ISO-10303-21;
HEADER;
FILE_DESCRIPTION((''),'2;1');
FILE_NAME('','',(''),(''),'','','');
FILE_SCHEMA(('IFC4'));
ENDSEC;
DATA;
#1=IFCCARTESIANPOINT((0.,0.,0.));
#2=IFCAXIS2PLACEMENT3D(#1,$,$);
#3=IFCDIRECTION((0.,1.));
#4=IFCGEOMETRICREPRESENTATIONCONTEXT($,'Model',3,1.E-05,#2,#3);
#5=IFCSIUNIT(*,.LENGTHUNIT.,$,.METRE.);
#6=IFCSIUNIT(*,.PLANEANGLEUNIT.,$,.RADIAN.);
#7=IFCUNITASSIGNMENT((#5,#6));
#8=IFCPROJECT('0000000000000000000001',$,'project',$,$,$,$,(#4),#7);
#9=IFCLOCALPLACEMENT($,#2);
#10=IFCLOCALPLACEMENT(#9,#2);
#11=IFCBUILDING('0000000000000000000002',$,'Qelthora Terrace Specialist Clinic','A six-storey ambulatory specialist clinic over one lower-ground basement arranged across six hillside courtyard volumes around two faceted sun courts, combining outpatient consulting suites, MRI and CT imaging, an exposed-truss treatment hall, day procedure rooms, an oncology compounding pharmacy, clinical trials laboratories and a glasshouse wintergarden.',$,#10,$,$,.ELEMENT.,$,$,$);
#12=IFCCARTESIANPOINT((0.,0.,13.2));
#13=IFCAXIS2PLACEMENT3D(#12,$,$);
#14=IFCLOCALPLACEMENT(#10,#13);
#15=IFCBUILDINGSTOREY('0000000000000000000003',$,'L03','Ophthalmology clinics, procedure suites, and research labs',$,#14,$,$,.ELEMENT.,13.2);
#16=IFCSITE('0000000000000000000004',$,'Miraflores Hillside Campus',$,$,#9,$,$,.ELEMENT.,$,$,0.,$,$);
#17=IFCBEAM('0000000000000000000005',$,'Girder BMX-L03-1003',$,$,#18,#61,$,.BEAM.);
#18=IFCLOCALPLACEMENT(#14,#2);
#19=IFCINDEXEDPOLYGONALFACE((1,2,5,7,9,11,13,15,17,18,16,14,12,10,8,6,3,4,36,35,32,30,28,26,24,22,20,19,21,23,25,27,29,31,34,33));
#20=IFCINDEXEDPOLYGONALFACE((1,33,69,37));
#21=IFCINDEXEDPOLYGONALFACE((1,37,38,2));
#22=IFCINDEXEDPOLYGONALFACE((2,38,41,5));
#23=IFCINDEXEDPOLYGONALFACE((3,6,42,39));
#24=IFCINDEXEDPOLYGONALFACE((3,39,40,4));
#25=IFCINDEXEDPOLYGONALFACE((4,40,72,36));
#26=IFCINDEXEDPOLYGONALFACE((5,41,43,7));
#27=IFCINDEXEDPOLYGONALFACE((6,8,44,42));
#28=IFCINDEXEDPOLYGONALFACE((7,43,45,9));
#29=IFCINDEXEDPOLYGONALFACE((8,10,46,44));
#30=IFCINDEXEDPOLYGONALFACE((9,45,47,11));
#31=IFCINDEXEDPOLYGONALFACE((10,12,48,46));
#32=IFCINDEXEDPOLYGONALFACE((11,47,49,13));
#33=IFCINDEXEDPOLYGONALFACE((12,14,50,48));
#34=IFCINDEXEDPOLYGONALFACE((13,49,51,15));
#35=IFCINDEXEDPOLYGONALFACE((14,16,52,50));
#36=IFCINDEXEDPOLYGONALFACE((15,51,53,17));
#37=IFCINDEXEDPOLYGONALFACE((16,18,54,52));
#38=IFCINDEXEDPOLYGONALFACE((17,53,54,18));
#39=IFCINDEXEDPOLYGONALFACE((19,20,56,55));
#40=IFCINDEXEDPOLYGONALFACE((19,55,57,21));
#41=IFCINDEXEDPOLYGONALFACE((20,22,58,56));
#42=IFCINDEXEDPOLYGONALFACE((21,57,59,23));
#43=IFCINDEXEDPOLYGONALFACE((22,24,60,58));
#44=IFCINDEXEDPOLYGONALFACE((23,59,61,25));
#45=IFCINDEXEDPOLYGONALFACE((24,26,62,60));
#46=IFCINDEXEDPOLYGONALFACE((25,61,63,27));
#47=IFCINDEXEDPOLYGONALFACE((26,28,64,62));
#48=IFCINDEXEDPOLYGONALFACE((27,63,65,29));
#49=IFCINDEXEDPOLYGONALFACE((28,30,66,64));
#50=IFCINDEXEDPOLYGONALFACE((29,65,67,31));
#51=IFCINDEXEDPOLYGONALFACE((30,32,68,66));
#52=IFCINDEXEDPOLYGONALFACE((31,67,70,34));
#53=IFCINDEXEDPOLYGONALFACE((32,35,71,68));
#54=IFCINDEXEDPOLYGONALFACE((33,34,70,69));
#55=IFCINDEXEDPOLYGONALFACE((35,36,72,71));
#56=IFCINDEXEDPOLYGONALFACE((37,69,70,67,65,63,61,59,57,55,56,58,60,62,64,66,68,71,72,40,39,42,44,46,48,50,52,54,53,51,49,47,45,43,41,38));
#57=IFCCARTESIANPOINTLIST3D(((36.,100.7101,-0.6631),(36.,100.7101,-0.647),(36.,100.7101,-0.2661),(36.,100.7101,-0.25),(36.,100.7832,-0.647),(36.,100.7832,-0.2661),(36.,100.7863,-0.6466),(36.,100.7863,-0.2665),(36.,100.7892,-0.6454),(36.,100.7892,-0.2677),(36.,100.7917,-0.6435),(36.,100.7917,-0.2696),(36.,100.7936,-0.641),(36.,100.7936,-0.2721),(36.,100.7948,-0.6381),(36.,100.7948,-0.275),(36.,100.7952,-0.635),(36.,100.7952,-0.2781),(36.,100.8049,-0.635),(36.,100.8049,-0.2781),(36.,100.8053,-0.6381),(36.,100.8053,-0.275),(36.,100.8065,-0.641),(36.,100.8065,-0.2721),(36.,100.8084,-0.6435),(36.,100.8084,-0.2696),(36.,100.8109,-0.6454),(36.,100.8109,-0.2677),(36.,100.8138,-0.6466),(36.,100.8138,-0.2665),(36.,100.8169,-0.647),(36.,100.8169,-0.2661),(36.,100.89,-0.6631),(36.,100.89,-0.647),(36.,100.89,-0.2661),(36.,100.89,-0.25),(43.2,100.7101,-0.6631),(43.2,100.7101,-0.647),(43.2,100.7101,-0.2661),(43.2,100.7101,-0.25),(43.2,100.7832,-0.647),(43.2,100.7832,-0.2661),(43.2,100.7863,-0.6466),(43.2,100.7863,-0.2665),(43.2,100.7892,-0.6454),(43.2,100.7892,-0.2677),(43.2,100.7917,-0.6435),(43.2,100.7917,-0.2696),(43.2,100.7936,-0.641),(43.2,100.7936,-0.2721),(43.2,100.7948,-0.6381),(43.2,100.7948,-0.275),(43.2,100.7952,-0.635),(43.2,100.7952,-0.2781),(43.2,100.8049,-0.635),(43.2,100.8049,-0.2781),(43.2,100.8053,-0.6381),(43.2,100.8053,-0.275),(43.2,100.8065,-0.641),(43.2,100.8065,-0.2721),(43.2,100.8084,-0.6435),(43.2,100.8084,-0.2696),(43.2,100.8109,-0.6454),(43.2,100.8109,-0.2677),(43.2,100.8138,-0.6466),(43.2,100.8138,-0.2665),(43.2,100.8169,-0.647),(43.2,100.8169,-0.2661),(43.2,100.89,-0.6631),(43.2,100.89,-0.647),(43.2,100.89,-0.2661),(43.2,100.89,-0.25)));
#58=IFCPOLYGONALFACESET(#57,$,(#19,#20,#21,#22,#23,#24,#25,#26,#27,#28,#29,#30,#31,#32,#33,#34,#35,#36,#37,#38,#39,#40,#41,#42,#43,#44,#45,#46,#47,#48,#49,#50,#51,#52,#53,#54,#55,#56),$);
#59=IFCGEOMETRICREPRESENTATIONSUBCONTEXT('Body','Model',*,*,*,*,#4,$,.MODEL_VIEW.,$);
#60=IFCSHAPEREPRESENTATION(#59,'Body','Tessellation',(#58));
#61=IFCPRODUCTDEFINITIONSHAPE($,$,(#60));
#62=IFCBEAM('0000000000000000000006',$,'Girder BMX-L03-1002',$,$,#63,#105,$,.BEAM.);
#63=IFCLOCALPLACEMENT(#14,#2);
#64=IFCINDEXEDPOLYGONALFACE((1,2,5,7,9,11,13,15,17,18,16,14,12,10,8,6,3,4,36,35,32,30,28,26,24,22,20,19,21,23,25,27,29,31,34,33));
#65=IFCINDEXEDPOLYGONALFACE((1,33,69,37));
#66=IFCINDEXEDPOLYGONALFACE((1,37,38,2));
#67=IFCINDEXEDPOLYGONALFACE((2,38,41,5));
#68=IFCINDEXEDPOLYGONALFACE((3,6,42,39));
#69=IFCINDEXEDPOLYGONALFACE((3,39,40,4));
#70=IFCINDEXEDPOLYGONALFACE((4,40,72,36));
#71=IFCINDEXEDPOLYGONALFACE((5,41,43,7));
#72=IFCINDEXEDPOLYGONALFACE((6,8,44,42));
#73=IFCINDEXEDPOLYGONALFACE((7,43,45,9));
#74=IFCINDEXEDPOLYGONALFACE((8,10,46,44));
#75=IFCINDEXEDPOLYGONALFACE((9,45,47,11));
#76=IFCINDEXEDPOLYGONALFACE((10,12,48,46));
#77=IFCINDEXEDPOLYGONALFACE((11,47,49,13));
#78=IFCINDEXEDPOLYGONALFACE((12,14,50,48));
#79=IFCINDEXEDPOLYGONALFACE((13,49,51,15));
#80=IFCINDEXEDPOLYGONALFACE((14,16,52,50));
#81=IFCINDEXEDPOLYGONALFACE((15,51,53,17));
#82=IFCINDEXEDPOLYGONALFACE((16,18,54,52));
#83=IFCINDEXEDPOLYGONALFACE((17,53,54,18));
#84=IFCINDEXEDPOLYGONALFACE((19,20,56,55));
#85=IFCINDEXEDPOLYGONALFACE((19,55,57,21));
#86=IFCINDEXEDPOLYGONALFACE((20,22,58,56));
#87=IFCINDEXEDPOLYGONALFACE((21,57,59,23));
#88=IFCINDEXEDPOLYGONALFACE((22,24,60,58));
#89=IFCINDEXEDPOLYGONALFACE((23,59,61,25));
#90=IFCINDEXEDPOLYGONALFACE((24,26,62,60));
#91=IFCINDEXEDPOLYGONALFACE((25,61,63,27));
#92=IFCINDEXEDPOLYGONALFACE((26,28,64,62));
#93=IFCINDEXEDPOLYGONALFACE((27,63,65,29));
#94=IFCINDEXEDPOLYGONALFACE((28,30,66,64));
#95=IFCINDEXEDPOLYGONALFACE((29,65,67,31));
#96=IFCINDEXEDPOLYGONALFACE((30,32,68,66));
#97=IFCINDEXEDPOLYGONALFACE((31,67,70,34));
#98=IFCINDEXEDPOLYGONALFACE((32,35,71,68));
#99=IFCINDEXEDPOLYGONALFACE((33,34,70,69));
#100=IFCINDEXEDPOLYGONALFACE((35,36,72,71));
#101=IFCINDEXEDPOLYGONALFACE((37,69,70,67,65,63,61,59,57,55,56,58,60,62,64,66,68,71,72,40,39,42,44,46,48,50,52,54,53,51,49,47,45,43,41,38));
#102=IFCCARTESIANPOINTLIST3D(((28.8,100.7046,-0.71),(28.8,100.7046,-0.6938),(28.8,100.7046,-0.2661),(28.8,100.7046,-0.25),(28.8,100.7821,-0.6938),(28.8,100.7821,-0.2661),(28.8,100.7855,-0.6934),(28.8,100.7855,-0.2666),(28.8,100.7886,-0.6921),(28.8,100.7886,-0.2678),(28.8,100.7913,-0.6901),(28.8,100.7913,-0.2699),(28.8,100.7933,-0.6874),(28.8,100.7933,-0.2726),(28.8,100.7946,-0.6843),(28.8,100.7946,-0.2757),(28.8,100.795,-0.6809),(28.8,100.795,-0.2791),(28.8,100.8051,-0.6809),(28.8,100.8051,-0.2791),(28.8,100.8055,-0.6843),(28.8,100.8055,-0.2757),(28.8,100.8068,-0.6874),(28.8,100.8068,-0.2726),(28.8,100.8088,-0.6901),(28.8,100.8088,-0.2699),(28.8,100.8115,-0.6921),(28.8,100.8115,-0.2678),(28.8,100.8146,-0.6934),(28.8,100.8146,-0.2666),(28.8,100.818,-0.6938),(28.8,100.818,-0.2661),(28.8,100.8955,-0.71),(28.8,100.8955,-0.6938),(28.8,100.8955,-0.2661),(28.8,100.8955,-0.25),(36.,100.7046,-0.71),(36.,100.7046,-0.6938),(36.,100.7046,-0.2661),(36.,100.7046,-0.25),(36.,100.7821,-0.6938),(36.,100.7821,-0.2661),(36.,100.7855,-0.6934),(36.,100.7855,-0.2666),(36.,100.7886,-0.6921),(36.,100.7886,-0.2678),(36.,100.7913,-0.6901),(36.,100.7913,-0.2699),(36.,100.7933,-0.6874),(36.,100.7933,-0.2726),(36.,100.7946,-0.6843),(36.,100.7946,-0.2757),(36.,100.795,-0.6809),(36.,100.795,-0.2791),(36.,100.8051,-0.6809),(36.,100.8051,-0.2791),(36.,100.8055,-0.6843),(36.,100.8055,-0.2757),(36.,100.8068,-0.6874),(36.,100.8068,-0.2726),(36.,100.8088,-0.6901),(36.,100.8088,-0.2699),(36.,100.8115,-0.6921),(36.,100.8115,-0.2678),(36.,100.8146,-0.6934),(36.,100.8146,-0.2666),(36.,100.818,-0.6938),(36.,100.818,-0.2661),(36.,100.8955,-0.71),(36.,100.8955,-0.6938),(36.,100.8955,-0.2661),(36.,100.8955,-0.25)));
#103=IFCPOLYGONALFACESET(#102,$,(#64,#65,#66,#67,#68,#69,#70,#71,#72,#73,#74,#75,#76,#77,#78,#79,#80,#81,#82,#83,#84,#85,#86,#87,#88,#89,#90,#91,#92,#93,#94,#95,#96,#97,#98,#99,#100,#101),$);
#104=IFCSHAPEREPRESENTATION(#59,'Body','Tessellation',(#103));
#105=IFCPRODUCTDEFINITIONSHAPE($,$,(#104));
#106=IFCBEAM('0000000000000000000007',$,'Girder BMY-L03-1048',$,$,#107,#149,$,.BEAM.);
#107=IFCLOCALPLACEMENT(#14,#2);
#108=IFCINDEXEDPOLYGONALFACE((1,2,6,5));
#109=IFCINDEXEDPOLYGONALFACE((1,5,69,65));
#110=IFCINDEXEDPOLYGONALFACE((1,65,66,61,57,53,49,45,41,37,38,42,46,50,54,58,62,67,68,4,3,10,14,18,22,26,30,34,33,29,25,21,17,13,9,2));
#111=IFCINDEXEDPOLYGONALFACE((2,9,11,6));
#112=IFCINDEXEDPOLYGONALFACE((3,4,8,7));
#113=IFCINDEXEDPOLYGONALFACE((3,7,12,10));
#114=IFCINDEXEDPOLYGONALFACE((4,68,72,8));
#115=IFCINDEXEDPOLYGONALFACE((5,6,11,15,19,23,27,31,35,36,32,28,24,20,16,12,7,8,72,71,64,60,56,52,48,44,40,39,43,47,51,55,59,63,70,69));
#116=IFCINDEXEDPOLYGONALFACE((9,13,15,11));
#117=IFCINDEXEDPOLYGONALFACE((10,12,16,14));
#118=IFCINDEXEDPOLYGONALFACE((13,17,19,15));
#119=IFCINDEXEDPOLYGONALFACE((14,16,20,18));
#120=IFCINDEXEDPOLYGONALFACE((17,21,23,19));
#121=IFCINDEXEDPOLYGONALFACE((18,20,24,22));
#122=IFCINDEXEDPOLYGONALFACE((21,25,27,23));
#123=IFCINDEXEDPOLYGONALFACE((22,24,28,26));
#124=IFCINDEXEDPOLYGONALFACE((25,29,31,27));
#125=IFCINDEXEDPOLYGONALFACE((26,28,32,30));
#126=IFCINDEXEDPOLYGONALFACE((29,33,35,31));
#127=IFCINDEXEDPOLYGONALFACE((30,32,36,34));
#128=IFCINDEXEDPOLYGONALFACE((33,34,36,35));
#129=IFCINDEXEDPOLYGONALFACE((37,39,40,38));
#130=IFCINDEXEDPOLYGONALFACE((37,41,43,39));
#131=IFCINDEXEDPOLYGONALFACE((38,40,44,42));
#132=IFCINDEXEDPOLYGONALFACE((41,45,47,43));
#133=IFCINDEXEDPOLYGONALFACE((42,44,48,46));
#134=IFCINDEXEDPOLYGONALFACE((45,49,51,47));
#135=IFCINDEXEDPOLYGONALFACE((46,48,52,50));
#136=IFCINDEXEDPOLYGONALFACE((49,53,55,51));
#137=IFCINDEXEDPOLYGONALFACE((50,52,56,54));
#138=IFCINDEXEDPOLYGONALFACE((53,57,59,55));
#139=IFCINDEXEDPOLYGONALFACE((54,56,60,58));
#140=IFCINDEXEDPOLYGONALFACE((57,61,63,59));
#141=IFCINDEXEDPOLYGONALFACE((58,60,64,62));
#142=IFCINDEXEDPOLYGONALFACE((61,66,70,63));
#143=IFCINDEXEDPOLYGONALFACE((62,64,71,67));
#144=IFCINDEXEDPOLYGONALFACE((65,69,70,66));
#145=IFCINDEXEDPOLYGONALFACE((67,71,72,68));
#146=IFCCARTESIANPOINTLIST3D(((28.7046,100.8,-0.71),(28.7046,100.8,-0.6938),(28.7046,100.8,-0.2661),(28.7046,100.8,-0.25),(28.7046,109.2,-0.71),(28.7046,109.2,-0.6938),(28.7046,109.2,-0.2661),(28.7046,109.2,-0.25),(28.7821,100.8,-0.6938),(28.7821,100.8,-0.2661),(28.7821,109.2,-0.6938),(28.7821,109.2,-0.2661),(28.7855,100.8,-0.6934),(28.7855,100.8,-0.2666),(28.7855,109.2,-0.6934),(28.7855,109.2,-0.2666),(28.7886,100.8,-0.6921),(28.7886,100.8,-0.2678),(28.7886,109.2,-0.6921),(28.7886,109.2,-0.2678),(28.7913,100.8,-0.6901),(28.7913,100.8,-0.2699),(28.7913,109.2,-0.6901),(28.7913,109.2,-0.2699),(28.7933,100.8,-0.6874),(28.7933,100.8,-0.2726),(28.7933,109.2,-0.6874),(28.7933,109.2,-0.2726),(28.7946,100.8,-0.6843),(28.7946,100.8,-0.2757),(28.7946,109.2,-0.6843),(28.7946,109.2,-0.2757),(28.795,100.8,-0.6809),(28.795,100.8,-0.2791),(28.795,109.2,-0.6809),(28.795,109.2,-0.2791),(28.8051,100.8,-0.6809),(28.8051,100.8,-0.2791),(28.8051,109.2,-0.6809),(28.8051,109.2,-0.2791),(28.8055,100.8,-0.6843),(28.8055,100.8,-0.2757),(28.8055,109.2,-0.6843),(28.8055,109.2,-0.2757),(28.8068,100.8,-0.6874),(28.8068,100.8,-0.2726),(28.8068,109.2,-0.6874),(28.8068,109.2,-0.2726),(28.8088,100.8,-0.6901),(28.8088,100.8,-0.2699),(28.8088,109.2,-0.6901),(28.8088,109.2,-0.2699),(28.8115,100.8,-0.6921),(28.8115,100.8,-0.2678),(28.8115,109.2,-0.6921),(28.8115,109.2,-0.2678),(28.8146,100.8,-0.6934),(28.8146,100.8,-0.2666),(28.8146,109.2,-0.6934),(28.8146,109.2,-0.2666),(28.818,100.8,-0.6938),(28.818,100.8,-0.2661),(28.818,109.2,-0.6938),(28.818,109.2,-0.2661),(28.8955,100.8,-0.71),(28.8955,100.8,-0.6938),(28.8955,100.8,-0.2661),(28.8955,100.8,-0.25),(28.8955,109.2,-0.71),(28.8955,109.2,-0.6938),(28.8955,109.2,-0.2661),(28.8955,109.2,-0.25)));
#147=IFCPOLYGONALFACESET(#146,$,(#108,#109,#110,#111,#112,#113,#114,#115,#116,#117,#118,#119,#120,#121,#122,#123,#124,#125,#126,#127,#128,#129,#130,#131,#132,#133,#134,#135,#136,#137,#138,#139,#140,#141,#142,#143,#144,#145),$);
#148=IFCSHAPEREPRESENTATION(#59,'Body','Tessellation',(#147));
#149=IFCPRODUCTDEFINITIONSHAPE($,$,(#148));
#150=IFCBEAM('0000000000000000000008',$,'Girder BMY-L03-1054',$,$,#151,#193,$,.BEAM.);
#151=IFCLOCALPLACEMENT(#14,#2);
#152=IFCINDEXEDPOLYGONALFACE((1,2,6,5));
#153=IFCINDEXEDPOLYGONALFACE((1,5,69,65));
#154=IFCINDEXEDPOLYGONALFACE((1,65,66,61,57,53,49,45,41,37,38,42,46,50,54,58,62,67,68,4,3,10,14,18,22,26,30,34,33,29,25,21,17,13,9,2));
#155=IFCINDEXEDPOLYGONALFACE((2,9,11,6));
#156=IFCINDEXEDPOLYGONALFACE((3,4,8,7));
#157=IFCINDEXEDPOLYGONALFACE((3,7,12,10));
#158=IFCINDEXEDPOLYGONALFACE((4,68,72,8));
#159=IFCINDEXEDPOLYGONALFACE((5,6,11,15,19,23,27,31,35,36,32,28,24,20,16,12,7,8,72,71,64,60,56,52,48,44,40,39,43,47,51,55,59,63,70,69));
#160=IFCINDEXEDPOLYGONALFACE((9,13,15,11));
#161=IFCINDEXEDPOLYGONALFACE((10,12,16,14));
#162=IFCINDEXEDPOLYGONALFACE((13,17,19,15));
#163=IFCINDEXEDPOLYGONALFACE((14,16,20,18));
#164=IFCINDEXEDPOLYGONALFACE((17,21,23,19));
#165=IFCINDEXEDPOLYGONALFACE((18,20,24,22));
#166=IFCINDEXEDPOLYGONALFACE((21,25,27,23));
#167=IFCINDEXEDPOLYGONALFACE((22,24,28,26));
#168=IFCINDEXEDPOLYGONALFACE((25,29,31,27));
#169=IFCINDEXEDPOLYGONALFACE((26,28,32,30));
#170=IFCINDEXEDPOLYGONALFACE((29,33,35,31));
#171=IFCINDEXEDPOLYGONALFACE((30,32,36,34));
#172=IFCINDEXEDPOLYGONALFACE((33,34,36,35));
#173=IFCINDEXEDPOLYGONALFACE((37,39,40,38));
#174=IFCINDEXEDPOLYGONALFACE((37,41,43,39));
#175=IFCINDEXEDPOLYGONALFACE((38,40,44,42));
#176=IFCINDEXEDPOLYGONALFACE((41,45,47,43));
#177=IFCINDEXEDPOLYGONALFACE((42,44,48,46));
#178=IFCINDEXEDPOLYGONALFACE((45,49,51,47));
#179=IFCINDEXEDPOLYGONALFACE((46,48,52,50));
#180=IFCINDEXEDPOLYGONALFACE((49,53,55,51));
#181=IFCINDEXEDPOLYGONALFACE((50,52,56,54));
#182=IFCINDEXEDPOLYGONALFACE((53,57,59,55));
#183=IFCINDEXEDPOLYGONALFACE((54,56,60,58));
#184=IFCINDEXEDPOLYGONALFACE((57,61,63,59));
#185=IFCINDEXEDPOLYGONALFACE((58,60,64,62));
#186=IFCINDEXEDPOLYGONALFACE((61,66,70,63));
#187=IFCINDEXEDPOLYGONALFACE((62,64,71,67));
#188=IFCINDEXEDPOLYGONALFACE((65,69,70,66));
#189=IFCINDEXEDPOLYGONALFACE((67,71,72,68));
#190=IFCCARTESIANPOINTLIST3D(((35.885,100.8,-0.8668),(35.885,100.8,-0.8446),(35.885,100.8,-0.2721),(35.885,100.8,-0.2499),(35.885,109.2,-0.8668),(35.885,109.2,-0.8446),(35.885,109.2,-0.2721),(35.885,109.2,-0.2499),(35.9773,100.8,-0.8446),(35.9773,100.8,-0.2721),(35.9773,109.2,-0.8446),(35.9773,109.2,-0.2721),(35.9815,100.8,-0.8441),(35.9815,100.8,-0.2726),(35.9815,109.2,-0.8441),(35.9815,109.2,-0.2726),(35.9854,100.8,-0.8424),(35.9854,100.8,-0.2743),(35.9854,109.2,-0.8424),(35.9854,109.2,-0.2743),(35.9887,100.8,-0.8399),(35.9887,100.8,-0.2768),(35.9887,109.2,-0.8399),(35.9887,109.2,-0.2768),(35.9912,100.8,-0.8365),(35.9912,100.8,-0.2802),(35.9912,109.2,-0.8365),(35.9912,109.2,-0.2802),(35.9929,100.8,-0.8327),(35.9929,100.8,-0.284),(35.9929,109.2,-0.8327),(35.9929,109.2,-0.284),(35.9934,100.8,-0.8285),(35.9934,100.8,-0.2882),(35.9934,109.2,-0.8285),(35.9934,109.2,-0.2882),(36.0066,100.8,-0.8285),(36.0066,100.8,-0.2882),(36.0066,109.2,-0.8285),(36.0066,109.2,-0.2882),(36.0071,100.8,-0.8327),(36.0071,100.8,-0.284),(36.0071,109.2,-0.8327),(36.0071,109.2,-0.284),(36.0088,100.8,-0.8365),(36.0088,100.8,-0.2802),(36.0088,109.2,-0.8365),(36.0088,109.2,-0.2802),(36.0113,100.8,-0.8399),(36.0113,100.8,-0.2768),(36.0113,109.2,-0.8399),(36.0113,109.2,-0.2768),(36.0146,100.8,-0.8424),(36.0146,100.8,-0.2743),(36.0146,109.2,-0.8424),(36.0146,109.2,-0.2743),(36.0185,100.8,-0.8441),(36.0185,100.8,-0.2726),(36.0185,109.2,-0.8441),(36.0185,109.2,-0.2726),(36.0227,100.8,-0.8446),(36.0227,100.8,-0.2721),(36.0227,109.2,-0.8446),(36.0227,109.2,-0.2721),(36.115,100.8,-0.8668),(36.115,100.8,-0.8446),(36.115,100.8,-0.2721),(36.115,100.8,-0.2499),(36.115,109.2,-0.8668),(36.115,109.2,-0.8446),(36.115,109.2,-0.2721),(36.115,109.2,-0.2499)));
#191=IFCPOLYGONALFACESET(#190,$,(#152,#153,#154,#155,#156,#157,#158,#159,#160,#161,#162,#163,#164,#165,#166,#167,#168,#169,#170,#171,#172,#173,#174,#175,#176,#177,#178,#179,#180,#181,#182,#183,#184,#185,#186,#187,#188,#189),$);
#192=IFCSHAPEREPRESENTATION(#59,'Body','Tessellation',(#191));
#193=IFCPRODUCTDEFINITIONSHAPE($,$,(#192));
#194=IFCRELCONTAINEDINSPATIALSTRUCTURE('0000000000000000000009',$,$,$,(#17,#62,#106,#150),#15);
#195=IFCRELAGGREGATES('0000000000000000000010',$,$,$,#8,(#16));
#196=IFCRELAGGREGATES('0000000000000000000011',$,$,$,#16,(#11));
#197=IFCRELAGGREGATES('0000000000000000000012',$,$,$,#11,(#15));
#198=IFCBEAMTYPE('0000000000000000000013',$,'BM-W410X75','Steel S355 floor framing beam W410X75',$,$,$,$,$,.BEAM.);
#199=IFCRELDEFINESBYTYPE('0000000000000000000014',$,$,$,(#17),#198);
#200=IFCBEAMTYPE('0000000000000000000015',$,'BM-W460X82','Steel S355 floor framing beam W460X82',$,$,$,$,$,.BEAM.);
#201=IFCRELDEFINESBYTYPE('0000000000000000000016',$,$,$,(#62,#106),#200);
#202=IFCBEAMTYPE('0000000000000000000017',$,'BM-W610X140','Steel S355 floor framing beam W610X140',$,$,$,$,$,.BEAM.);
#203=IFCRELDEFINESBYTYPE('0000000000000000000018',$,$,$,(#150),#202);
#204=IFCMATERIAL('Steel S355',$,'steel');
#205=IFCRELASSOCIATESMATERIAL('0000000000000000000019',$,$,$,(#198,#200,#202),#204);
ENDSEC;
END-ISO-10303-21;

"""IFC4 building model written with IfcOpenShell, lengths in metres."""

from ifc_helpers import new_model, si_unit, direction, frame, origin, origin_2d, place, context, subcontext, project, spatial, i_section, extrude, material, material_profile, profile_set, type_object, element, save


model = new_model("IFC4")

# Units and contexts
model_context = context("Model", 3, precision=1e-05, world=origin(), true_north=direction((0.0, 1.0)))
body_context = subcontext(model_context, "Body", "Model", "MODEL_VIEW")
ifc_project = project(units=[si_unit("LENGTHUNIT", "METRE"), si_unit("PLANEANGLEUNIT", "RADIAN")], contexts=[model_context])

# Site, building, storey
site_placement = place(None, origin())
site = spatial("IfcSite", under=ifc_project, at=site_placement, Name="Miraflores Hillside Campus", CompositionType="ELEMENT", RefElevation=0.0)
building_placement = place(site_placement, origin())
building = spatial("IfcBuilding", under=site, at=building_placement, Name="Qelthora Terrace Specialist Clinic", Description="A six-storey ambulatory specialist clinic over one lower-ground basement arranged across six hillside courtyard volumes around two faceted sun courts, combining outpatient consulting suites, MRI and CT imaging, an exposed-truss treatment hall, day procedure rooms, an oncology compounding pharmacy, clinical trials laboratories and a glasshouse wintergarden.", CompositionType="ELEMENT")
storey_placement = place(building_placement, frame((0.0, 0.0, 13.2)))
storey = spatial("IfcBuildingStorey", under=building, at=storey_placement, Name="L03", Description="Ophthalmology clinics, procedure suites, and research labs", CompositionType="ELEMENT", Elevation=13.2)

# Shared definitions
ifc_material_1 = material(Name="Steel S355", Category="steel")

# Beams
ifc_material_profile_1 = material_profile(ifc_material_1, i_section(OverallWidth=0.1799, OverallDepth=0.4131, WebThickness=0.0098, FlangeThickness=0.0161, FilletRadius=0.012, at=origin_2d()), Name="W410X75")
ifc_profile_set_1 = profile_set([ifc_material_profile_1], Name="Steel S355")
beam_type_1 = type_object("IfcBeamType", Name="BM-W410X75", Description="Steel S355 floor framing beam W410X75", PredefinedType="BEAM", material=ifc_profile_set_1)
beam_1_placement = place(storey_placement, frame((36.0, 100.8, -0.4565), z_axis=(1.0, 0.0, 0.0), x_axis=(0.0, 1.0, 0.0)))
element("IfcBeam", 1, at=beam_1_placement, inside=storey, type_object=beam_type_1, Name="Girder BMX-L03-1003", PredefinedType="BEAM", context=body_context, shape_type="SweptSolid", body=[
    extrude(i_section(OverallWidth=0.1799, OverallDepth=0.4131, WebThickness=0.0098, FlangeThickness=0.0161, FilletRadius=0.012, at=origin_2d()), origin(), (0.0, 0.0, 1.0), 7.2),
])
ifc_material_profile_2 = material_profile(ifc_material_1, i_section(OverallWidth=0.1909, OverallDepth=0.46, WebThickness=0.01, FlangeThickness=0.0161, FilletRadius=0.0129, at=origin_2d()), Name="W460X82")
ifc_profile_set_2 = profile_set([ifc_material_profile_2], Name="Steel S355")
beam_type_2 = type_object("IfcBeamType", Name="BM-W460X82", Description="Steel S355 floor framing beam W460X82", PredefinedType="BEAM", material=ifc_profile_set_2)
beam_2_placement = place(storey_placement, frame((28.8, 100.8, -0.48), z_axis=(1.0, 0.0, 0.0), x_axis=(0.0, 1.0, 0.0)))
element("IfcBeam", 2, at=beam_2_placement, inside=storey, type_object=beam_type_2, Name="Girder BMX-L03-1002", PredefinedType="BEAM", context=body_context, shape_type="SweptSolid", body=[
    extrude(i_section(OverallWidth=0.1909, OverallDepth=0.46, WebThickness=0.01, FlangeThickness=0.0161, FilletRadius=0.0129, at=origin_2d()), origin(), (0.0, 0.0, 1.0), 7.2),
])
beam_3_placement = place(storey_placement, frame((28.8, 100.8, -0.48), z_axis=(0.0, 1.0, 0.0), x_axis=(-1.0, 0.0, 0.0)))
element("IfcBeam", 3, at=beam_3_placement, inside=storey, type_object=beam_type_2, Name="Girder BMY-L03-1048", PredefinedType="BEAM", context=body_context, shape_type="SweptSolid", body=[
    extrude(i_section(OverallWidth=0.1909, OverallDepth=0.46, WebThickness=0.01, FlangeThickness=0.0161, FilletRadius=0.0129, at=origin_2d()), origin(), (0.0, 0.0, 1.0), 8.3999),
])
ifc_material_profile_3 = material_profile(ifc_material_1, i_section(OverallWidth=0.23, OverallDepth=0.6169, WebThickness=0.0132, FlangeThickness=0.0222, FilletRadius=0.0161, at=origin_2d()), Name="W610X140")
ifc_profile_set_3 = profile_set([ifc_material_profile_3], Name="Steel S355")
beam_type_3 = type_object("IfcBeamType", Name="BM-W610X140", Description="Steel S355 floor framing beam W610X140", PredefinedType="BEAM", material=ifc_profile_set_3)
beam_4_placement = place(storey_placement, frame((36.0, 100.8, -0.5583), z_axis=(0.0, 1.0, 0.0), x_axis=(-1.0, 0.0, 0.0)))
element("IfcBeam", 4, at=beam_4_placement, inside=storey, type_object=beam_type_3, Name="Girder BMY-L03-1054", PredefinedType="BEAM", context=body_context, shape_type="SweptSolid", body=[
    extrude(i_section(OverallWidth=0.23, OverallDepth=0.6169, WebThickness=0.0132, FlangeThickness=0.0222, FilletRadius=0.0161, at=origin_2d()), origin(), (0.0, 0.0, 1.0), 8.3999),
])

save(model, "model.ifc")
